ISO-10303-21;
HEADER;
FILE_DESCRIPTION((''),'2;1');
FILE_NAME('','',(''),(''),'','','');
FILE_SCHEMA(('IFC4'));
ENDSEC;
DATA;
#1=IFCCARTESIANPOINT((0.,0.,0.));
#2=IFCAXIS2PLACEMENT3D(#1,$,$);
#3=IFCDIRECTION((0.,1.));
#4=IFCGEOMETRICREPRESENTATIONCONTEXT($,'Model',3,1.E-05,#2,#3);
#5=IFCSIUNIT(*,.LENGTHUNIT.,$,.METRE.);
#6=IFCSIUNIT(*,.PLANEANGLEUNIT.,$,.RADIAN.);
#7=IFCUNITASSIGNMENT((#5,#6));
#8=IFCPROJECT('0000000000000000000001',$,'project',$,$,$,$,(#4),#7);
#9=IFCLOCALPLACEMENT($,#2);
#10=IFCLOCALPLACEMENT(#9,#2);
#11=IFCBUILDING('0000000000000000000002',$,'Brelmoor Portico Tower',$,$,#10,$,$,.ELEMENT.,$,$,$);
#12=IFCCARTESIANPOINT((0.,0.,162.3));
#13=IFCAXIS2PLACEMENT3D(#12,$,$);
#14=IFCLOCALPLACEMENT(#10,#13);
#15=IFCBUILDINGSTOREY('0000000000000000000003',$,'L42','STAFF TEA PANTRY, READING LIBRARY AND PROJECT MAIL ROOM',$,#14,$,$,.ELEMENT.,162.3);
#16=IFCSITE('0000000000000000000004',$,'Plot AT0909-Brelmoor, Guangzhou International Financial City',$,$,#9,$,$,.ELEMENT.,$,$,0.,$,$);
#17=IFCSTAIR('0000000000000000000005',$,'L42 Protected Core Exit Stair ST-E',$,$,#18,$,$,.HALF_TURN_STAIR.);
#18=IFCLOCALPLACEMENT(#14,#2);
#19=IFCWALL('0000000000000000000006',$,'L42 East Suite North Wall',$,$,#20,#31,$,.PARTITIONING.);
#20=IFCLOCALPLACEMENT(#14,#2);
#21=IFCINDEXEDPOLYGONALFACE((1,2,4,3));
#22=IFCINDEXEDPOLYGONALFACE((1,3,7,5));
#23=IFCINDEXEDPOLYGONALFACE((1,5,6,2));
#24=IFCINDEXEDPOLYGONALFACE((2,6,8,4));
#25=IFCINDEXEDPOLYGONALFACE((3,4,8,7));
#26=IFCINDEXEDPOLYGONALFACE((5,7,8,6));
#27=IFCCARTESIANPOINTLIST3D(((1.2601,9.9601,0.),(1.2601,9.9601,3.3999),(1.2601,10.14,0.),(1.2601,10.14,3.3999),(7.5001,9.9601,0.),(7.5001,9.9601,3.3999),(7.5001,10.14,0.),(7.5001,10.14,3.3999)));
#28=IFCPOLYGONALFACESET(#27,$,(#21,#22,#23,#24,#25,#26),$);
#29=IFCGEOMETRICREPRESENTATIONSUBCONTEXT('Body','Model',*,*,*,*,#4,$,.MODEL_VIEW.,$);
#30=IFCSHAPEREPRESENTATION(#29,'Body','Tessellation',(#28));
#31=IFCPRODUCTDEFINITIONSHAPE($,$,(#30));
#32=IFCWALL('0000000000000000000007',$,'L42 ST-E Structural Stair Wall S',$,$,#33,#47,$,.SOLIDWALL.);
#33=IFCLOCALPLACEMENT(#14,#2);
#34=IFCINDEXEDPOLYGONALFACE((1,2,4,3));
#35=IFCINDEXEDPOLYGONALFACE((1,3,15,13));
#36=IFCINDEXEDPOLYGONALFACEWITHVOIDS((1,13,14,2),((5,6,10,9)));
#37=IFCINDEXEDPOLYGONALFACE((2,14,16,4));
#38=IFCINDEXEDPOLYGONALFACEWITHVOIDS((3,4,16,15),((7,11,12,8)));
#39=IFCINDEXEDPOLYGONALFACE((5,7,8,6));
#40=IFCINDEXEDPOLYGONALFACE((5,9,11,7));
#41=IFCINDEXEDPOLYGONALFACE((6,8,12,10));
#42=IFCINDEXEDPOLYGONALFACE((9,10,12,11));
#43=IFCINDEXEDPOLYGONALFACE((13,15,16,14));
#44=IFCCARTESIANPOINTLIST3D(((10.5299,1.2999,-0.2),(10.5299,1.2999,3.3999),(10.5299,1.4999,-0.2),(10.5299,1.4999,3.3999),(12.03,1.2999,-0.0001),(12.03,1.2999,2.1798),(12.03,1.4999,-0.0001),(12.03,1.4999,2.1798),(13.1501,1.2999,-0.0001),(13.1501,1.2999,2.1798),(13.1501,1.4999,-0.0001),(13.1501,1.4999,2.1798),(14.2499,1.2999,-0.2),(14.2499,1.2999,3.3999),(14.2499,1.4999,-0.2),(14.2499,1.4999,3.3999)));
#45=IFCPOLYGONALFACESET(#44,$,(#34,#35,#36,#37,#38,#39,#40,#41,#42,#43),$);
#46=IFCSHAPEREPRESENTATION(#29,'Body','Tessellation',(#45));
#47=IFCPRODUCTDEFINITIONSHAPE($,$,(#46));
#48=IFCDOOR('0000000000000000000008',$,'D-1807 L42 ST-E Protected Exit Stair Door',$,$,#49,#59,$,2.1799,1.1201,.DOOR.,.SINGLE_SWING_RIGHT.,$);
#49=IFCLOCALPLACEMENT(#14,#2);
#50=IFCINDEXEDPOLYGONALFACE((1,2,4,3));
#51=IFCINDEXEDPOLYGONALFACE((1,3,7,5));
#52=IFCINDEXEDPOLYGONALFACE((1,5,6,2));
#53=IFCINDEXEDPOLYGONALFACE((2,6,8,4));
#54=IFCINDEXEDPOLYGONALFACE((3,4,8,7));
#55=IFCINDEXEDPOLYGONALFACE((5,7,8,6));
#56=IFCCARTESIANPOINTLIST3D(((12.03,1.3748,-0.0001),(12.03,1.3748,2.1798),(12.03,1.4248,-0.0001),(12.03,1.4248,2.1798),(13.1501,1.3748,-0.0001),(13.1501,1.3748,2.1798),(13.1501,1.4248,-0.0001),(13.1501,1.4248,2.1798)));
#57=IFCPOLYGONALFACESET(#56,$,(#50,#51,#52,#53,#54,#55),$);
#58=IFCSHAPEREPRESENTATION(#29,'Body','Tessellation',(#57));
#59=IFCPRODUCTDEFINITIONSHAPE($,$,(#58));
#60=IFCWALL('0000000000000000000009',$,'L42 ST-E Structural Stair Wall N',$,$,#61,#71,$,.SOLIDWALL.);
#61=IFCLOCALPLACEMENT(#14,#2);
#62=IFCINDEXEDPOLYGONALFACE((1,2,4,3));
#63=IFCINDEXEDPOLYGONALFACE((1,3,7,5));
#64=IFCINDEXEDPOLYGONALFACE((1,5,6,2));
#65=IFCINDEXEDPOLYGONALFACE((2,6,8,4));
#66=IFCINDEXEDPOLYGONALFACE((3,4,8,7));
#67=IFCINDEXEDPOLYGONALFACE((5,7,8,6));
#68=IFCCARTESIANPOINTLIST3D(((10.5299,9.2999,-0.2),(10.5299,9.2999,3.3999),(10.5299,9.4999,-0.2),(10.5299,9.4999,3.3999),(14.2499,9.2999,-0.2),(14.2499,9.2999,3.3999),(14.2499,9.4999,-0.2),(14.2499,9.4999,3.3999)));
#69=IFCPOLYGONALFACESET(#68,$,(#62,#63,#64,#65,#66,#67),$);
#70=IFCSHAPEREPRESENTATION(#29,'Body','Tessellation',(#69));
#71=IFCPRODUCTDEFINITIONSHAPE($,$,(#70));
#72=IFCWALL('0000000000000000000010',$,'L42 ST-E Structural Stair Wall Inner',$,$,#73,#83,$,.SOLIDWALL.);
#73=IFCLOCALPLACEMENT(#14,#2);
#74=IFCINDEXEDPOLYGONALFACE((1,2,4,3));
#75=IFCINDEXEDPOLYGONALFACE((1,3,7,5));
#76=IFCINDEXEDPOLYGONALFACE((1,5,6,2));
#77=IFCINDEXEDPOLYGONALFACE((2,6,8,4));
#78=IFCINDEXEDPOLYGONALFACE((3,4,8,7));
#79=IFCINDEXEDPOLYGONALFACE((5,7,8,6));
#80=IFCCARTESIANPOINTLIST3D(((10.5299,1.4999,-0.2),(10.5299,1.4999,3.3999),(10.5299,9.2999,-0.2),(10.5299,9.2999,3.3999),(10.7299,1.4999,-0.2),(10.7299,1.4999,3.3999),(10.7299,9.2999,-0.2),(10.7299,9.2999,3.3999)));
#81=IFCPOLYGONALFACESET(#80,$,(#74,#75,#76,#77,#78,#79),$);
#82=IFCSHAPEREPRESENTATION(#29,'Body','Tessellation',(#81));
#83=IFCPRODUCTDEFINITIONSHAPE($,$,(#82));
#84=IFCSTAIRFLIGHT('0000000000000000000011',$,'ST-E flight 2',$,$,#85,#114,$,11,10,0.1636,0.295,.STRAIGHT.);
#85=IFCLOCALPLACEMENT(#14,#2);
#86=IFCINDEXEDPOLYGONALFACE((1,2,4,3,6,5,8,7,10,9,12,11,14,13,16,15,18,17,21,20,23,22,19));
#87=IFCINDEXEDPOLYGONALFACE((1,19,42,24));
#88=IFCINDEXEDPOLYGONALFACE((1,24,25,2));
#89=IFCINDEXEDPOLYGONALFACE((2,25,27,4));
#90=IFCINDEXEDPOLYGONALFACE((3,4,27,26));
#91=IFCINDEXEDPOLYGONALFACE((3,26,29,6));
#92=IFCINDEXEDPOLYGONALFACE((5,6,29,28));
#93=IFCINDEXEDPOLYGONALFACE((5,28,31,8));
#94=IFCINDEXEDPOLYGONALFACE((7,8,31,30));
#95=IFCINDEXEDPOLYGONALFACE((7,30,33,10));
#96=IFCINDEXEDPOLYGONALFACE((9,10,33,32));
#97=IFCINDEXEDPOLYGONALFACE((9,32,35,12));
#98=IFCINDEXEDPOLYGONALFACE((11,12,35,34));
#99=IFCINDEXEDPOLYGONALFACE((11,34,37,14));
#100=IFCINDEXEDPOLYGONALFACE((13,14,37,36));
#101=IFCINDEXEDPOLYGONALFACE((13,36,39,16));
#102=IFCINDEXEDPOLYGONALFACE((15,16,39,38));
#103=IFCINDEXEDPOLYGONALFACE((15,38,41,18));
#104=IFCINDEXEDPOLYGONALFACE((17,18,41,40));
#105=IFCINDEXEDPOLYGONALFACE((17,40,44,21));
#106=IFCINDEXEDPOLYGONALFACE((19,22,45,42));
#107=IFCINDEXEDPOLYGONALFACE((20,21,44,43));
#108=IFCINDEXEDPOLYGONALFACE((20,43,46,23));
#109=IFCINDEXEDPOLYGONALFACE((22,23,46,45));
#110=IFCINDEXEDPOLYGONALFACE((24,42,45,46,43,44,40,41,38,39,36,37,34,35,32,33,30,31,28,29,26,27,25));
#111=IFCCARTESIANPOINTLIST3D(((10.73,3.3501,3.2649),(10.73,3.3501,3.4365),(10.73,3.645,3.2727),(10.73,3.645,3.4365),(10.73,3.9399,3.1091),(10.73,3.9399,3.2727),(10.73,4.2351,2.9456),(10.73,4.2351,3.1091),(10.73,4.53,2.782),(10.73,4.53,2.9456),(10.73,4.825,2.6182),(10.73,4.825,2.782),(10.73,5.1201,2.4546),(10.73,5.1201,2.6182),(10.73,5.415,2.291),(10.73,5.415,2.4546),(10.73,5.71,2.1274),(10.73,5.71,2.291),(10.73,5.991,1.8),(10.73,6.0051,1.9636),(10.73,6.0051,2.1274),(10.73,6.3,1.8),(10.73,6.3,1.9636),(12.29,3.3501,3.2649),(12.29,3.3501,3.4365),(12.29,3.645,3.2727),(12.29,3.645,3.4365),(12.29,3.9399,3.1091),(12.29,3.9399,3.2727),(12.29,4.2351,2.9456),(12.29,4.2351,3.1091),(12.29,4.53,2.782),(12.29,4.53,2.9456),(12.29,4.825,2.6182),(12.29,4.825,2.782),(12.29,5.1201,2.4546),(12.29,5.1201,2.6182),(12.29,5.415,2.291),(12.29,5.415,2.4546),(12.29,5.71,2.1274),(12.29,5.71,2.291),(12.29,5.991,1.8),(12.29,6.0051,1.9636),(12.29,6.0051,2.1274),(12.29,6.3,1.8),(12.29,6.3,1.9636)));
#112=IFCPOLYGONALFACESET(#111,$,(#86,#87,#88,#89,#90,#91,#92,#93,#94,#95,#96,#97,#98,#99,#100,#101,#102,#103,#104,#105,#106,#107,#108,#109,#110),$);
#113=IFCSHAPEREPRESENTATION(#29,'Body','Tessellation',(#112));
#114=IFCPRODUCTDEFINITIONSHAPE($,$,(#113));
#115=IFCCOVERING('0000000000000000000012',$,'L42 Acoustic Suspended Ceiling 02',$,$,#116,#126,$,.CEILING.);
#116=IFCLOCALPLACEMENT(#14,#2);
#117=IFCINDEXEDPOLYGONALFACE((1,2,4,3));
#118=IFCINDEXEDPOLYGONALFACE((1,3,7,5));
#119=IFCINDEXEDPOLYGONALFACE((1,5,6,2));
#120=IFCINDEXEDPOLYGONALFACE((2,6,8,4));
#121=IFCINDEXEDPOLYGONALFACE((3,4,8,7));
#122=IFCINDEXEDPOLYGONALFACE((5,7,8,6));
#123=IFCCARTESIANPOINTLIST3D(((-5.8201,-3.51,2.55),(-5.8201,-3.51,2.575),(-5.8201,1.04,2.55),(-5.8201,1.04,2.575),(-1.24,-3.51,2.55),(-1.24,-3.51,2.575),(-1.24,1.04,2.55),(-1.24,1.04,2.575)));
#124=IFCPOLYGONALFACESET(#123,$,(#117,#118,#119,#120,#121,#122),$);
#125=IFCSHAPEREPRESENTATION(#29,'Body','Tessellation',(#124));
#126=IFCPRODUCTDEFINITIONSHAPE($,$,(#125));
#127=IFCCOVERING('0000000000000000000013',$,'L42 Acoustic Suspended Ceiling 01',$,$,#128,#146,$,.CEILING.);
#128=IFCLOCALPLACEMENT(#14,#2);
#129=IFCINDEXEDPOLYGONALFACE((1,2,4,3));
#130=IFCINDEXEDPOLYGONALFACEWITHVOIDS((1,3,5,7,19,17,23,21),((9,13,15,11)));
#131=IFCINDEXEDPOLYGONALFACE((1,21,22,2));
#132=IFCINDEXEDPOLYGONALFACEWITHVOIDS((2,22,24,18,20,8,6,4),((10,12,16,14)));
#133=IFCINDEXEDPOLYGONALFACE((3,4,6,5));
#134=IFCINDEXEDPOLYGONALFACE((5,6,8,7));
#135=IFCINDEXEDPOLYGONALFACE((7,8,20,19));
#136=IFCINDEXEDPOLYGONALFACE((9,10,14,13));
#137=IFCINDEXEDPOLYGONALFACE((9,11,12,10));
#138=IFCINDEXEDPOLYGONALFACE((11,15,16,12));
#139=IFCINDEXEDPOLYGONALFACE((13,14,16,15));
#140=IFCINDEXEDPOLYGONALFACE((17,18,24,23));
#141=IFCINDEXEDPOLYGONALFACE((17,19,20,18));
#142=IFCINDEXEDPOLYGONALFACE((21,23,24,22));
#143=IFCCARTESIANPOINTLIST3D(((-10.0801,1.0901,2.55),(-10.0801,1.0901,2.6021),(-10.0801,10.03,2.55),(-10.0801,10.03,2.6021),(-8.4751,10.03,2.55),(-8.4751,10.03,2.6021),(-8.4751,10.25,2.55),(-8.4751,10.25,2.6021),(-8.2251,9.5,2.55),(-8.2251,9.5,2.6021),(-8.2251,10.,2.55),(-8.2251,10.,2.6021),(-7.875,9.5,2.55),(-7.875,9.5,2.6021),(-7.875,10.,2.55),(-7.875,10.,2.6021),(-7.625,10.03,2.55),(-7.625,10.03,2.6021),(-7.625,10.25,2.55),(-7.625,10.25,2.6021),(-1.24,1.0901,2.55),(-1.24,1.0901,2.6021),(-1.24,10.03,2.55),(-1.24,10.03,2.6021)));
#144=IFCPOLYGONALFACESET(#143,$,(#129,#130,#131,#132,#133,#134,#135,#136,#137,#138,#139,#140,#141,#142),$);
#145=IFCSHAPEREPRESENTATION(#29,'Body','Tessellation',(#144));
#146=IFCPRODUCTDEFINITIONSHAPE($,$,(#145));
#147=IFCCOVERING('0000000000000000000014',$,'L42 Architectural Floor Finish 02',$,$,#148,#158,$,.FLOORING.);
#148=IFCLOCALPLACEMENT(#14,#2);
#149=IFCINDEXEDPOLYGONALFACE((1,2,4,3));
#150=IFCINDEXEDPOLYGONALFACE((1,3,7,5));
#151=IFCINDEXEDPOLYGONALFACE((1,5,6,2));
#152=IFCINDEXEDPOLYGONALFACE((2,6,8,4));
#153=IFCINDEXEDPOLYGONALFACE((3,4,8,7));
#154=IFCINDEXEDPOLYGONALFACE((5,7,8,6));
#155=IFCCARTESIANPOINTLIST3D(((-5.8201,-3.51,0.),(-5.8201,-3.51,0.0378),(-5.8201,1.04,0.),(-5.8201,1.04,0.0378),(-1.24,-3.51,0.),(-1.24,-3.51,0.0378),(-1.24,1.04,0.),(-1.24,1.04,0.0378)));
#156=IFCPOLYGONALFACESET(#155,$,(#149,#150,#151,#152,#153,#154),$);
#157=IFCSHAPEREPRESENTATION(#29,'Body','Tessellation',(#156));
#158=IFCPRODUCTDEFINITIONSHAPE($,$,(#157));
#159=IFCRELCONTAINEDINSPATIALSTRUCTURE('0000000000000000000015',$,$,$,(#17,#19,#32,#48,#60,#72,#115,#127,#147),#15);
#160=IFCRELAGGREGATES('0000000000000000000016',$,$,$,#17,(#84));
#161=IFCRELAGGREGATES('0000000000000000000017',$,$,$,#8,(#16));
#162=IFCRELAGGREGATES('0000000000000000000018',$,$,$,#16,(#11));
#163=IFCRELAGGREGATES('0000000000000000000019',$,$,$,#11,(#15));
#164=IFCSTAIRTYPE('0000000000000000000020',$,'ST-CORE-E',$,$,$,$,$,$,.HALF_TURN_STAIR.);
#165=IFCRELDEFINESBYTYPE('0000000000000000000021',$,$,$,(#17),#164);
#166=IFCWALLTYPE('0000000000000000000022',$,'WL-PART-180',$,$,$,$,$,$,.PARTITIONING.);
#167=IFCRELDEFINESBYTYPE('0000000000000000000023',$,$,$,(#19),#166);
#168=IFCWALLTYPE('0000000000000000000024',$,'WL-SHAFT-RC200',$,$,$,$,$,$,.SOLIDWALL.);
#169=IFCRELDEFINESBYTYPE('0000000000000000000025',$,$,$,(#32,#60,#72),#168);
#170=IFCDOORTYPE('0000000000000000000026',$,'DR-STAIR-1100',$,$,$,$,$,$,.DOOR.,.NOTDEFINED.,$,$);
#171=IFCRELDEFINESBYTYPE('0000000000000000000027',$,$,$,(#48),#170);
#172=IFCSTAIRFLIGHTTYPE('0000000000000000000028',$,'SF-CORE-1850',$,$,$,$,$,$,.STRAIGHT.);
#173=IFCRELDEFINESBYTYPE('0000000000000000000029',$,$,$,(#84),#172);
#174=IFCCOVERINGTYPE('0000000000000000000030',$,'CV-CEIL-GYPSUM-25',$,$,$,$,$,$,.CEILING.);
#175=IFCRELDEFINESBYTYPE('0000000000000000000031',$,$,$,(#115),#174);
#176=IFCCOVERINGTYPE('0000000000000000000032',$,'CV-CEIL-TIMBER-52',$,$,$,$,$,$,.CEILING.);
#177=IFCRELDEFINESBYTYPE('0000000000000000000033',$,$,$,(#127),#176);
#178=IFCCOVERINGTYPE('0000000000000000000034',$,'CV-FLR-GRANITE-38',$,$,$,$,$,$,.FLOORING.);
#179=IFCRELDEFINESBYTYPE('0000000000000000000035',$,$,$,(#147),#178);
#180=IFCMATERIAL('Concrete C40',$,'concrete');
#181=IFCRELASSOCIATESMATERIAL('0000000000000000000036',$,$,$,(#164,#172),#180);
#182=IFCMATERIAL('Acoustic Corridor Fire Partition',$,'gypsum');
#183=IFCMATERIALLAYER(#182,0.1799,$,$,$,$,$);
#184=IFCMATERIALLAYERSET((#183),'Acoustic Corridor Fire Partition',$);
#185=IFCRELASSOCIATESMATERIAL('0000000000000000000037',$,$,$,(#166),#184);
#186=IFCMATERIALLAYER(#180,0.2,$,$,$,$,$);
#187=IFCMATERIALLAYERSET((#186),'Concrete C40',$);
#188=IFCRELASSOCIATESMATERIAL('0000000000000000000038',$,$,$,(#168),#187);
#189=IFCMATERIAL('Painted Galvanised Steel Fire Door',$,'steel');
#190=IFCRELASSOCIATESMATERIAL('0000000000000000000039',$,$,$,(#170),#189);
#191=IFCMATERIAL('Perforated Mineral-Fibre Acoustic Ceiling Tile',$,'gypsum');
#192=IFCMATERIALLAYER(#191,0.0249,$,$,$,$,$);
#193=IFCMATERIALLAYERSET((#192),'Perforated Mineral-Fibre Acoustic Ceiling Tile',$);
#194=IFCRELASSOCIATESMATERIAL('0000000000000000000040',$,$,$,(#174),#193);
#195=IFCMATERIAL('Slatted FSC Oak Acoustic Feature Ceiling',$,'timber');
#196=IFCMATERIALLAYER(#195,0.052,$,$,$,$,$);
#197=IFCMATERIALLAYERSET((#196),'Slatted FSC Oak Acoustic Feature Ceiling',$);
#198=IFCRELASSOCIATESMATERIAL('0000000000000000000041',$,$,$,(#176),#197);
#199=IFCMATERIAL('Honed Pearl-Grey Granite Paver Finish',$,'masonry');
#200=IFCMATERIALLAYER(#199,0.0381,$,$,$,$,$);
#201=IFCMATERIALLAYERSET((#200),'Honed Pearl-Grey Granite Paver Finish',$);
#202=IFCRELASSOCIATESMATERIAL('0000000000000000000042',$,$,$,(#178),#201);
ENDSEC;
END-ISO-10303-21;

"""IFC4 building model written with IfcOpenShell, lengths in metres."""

from ifc_helpers import new_model, si_unit, direction, frame, frame_2d, origin, place, context, subcontext, project, spatial, polyline, rectangle, outline, extrude, material, layer, layer_set, type_object, element, fill, aggregate, save


model = new_model("IFC4")

# Units and contexts
model_context = context("Model", 3, precision=1e-05, world=origin(), true_north=direction((0.0, 1.0)))
body_context = subcontext(model_context, "Body", "Model", "MODEL_VIEW")
ifc_project = project(units=[si_unit("LENGTHUNIT", "METRE"), si_unit("PLANEANGLEUNIT", "RADIAN")], contexts=[model_context])

# Site, building, storey
site_placement = place(None, origin())
site = spatial("IfcSite", under=ifc_project, at=site_placement, Name="Plot AT0909-Brelmoor, Guangzhou International Financial City", CompositionType="ELEMENT", RefElevation=0.0)
building_placement = place(site_placement, origin())
building = spatial("IfcBuilding", under=site, at=building_placement, Name="Brelmoor Portico Tower", CompositionType="ELEMENT")
storey_placement = place(building_placement, frame((0.0, 0.0, 162.3)))
storey = spatial("IfcBuildingStorey", under=building, at=storey_placement, Name="L42", Description="STAFF TEA PANTRY, READING LIBRARY AND PROJECT MAIL ROOM", CompositionType="ELEMENT", Elevation=162.3)

# Stair
ifc_material_1 = material(Name="Concrete C40", Category="concrete")
stair_type_1 = type_object("IfcStairType", Name="ST-CORE-E", PredefinedType="HALF_TURN_STAIR", material=ifc_material_1)
stair_1_placement = place(storey_placement, origin())
stair_1 = element("IfcStair", 1, at=stair_1_placement, inside=storey, type_object=stair_type_1, Name="L42 Protected Core Exit Stair ST-E", PredefinedType="HALF_TURN_STAIR")

# Wall
ifc_material_2 = material(Name="Acoustic Corridor Fire Partition", Category="gypsum")
ifc_layer_1 = layer(ifc_material_2, 0.1799)
ifc_layer_set_1 = layer_set([ifc_layer_1], Name="Acoustic Corridor Fire Partition")
wall_type_1 = type_object("IfcWallType", Name="WL-PART-180", PredefinedType="PARTITIONING", material=ifc_layer_set_1)
wall_1_placement = place(storey_placement, frame((1.26, 10.05, 0.0), z_axis=(0.0, 0.0, 1.0), x_axis=(1.0, 0.0, 0.0)))
element("IfcWall", 2, at=wall_1_placement, inside=storey, type_object=wall_type_1, Name="L42 East Suite North Wall", PredefinedType="PARTITIONING", context=body_context, shape_type="SweptSolid", body=[
    extrude(rectangle(XDim=6.24, YDim=0.1799, at=frame_2d((3.1201, 0.0))), origin(), (0.0, 0.0, 1.0), 3.3999),
])

# Wall, opening, door
ifc_material_3 = material(Name="Painted Galvanised Steel Fire Door", Category="steel")
ifc_layer_2 = layer(ifc_material_1, 0.2)
ifc_layer_set_2 = layer_set([ifc_layer_2], Name="Concrete C40")
wall_type_2 = type_object("IfcWallType", Name="WL-SHAFT-RC200", PredefinedType="SOLIDWALL", material=ifc_layer_set_2)
wall_2_placement = place(storey_placement, frame((10.53, 1.3999, -0.2), z_axis=(0.0, 0.0, 1.0), x_axis=(1.0, 0.0, 0.0)))
wall_2 = element("IfcWall", 3, at=wall_2_placement, inside=storey, type_object=wall_type_2, Name="L42 ST-E Structural Stair Wall S", PredefinedType="SOLIDWALL", context=body_context, shape_type="SweptSolid", body=[
    extrude(rectangle(XDim=3.72, YDim=0.2, at=frame_2d((1.8599, 0.0))), origin(), (0.0, 0.0, 1.0), 3.5999),
])
opening_1_placement = place(wall_2_placement, frame((1.5, 0.0, 0.2)))
opening_1 = element("IfcOpeningElement", 4, at=opening_1_placement, cuts=wall_2, PredefinedType="OPENING", context=body_context, shape_type="SweptSolid", body=[
    extrude(rectangle(XDim=1.1201, YDim=2.1799, at=frame_2d((0.5601, 1.0898))), frame((0.0, 0.1099, 0.0), z_axis=(0.0, -1.0, 0.0), x_axis=(1.0, 0.0, 0.0)), (0.0, 0.0, 1.0), 0.22),
])
door_type_1 = type_object("IfcDoorType", Name="DR-STAIR-1100", OperationType="NOTDEFINED", PredefinedType="DOOR", material=ifc_material_3)
door_1_placement = place(opening_1_placement, origin())
door_1 = element("IfcDoor", 5, at=door_1_placement, inside=storey, type_object=door_type_1, Name="D-1807 L42 ST-E Protected Exit Stair Door", OperationType="SINGLE_SWING_RIGHT", OverallHeight=2.1799, OverallWidth=1.1201, PredefinedType="DOOR", context=body_context, shape_type="SweptSolid", body=[
    extrude(rectangle(XDim=1.1201, YDim=2.1799, at=frame_2d((0.5601, 1.0898))), frame((0.0, 0.0249, 0.0), z_axis=(0.0, -1.0, 0.0), x_axis=(1.0, 0.0, 0.0)), (0.0, 0.0, 1.0), 0.05),
])
fill(opening_1, door_1)

# Walls
wall_3_placement = place(storey_placement, frame((10.53, 9.3999, -0.2), z_axis=(0.0, 0.0, 1.0), x_axis=(1.0, 0.0, 0.0)))
element("IfcWall", 6, at=wall_3_placement, inside=storey, type_object=wall_type_2, Name="L42 ST-E Structural Stair Wall N", PredefinedType="SOLIDWALL", context=body_context, shape_type="SweptSolid", body=[
    extrude(rectangle(XDim=3.72, YDim=0.2, at=frame_2d((1.8599, 0.0))), origin(), (0.0, 0.0, 1.0), 3.5999),
])
wall_4_placement = place(storey_placement, frame((10.6299, 1.5, -0.2), z_axis=(0.0, 0.0, 1.0), x_axis=(0.0, 1.0, 0.0)))
element("IfcWall", 7, at=wall_4_placement, inside=storey, type_object=wall_type_2, Name="L42 ST-E Structural Stair Wall Inner", PredefinedType="SOLIDWALL", context=body_context, shape_type="SweptSolid", body=[
    extrude(rectangle(XDim=7.8, YDim=0.2, at=frame_2d((3.8999, 0.0))), origin(), (0.0, 0.0, 1.0), 3.5999),
])

# Stair flight
stair_flight_type = type_object("IfcStairFlightType", Name="SF-CORE-1850", PredefinedType="STRAIGHT", material=ifc_material_1)
stair_flight_placement = place(storey_placement, frame((11.51, 6.3, 1.8), z_axis=(0.0, 0.0, 1.0), x_axis=(0.0, -1.0, 0.0)))
stair_flight = element("IfcStairFlight", 8, at=stair_flight_placement, type_object=stair_flight_type, Name="ST-E flight 2", NumberOfRisers=11, NumberOfTreads=10, PredefinedType="STRAIGHT", RiserHeight=0.1636, TreadLength=0.295, context=body_context, shape_type="SweptSolid", body=[
    extrude(outline(polyline([(0.0, 0.0), (0.0, 0.1636), (0.2949, 0.1636), (0.2949, 0.3274), (0.5901, 0.3274), (0.5901, 0.491), (0.885, 0.491), (0.885, 0.6545), (1.1799, 0.6545), (1.1799, 0.8181), (1.4751, 0.8181), (1.4751, 0.9819), (1.77, 0.9819), (1.77, 1.1455), (2.0649, 1.1455), (2.0649, 1.3091), (2.3601, 1.3091), (2.3601, 1.4727), (2.655, 1.4727), (2.655, 1.6365), (2.95, 1.6365), (2.95, 1.8), (2.95, 1.4648), (0.3091, 0.0), (0.0, 0.0)])), frame((0.0, 0.78, 0.0), z_axis=(0.0, -1.0, 0.0), x_axis=(1.0, 0.0, 0.0)), (0.0, 0.0, 1.0), 1.5601),
])
aggregate(stair_1, [stair_flight])

# Coverings
ifc_material_4 = material(Name="Perforated Mineral-Fibre Acoustic Ceiling Tile", Category="gypsum")
ifc_layer_3 = layer(ifc_material_4, 0.0249)
ifc_layer_set_3 = layer_set([ifc_layer_3], Name="Perforated Mineral-Fibre Acoustic Ceiling Tile")
covering_type_1 = type_object("IfcCoveringType", Name="CV-CEIL-GYPSUM-25", PredefinedType="CEILING", material=ifc_layer_set_3)
covering_1_placement = place(storey_placement, frame((0.0, 0.0, 2.55)))
element("IfcCovering", 9, at=covering_1_placement, inside=storey, type_object=covering_type_1, Name="L42 Acoustic Suspended Ceiling 02", PredefinedType="CEILING", context=body_context, shape_type="SweptSolid", body=[
    extrude(outline(polyline([(-5.8201, -3.51), (-5.8201, 1.04), (-1.24, 1.04), (-1.24, -3.51), (-5.8201, -3.51)])), origin(), (0.0, 0.0, 1.0), 0.0249),
])
ifc_material_5 = material(Name="Slatted FSC Oak Acoustic Feature Ceiling", Category="timber")
ifc_layer_4 = layer(ifc_material_5, 0.052)
ifc_layer_set_4 = layer_set([ifc_layer_4], Name="Slatted FSC Oak Acoustic Feature Ceiling")
covering_type_2 = type_object("IfcCoveringType", Name="CV-CEIL-TIMBER-52", PredefinedType="CEILING", material=ifc_layer_set_4)
covering_2_placement = place(storey_placement, frame((0.0, 0.0, 2.55)))
element("IfcCovering", 10, at=covering_2_placement, inside=storey, type_object=covering_type_2, Name="L42 Acoustic Suspended Ceiling 01", PredefinedType="CEILING", context=body_context, shape_type="SweptSolid", body=[
    extrude(outline(polyline([(-10.0801, 10.03), (-8.4751, 10.03), (-8.4751, 10.25), (-7.625, 10.25), (-7.625, 10.03), (-1.24, 10.03), (-1.24, 1.0901), (-10.0801, 1.0901), (-10.0801, 10.03)]), holes=[polyline([(-7.875, 9.5), (-7.875, 10.0), (-8.2251, 10.0), (-8.2251, 9.5), (-7.875, 9.5)])]), origin(), (0.0, 0.0, 1.0), 0.052),
])
ifc_material_6 = material(Name="Honed Pearl-Grey Granite Paver Finish", Category="masonry")
ifc_layer_5 = layer(ifc_material_6, 0.0381)
ifc_layer_set_5 = layer_set([ifc_layer_5], Name="Honed Pearl-Grey Granite Paver Finish")
covering_type_3 = type_object("IfcCoveringType", Name="CV-FLR-GRANITE-38", PredefinedType="FLOORING", material=ifc_layer_set_5)
covering_3_placement = place(storey_placement, origin())
element("IfcCovering", 11, at=covering_3_placement, inside=storey, type_object=covering_type_3, Name="L42 Architectural Floor Finish 02", PredefinedType="FLOORING", context=body_context, shape_type="SweptSolid", body=[
    extrude(outline(polyline([(-5.8201, -3.51), (-5.8201, 1.04), (-1.24, 1.04), (-1.24, -3.51), (-5.8201, -3.51)])), origin(), (0.0, 0.0, 1.0), 0.0378),
])

save(model, "model.ifc")
